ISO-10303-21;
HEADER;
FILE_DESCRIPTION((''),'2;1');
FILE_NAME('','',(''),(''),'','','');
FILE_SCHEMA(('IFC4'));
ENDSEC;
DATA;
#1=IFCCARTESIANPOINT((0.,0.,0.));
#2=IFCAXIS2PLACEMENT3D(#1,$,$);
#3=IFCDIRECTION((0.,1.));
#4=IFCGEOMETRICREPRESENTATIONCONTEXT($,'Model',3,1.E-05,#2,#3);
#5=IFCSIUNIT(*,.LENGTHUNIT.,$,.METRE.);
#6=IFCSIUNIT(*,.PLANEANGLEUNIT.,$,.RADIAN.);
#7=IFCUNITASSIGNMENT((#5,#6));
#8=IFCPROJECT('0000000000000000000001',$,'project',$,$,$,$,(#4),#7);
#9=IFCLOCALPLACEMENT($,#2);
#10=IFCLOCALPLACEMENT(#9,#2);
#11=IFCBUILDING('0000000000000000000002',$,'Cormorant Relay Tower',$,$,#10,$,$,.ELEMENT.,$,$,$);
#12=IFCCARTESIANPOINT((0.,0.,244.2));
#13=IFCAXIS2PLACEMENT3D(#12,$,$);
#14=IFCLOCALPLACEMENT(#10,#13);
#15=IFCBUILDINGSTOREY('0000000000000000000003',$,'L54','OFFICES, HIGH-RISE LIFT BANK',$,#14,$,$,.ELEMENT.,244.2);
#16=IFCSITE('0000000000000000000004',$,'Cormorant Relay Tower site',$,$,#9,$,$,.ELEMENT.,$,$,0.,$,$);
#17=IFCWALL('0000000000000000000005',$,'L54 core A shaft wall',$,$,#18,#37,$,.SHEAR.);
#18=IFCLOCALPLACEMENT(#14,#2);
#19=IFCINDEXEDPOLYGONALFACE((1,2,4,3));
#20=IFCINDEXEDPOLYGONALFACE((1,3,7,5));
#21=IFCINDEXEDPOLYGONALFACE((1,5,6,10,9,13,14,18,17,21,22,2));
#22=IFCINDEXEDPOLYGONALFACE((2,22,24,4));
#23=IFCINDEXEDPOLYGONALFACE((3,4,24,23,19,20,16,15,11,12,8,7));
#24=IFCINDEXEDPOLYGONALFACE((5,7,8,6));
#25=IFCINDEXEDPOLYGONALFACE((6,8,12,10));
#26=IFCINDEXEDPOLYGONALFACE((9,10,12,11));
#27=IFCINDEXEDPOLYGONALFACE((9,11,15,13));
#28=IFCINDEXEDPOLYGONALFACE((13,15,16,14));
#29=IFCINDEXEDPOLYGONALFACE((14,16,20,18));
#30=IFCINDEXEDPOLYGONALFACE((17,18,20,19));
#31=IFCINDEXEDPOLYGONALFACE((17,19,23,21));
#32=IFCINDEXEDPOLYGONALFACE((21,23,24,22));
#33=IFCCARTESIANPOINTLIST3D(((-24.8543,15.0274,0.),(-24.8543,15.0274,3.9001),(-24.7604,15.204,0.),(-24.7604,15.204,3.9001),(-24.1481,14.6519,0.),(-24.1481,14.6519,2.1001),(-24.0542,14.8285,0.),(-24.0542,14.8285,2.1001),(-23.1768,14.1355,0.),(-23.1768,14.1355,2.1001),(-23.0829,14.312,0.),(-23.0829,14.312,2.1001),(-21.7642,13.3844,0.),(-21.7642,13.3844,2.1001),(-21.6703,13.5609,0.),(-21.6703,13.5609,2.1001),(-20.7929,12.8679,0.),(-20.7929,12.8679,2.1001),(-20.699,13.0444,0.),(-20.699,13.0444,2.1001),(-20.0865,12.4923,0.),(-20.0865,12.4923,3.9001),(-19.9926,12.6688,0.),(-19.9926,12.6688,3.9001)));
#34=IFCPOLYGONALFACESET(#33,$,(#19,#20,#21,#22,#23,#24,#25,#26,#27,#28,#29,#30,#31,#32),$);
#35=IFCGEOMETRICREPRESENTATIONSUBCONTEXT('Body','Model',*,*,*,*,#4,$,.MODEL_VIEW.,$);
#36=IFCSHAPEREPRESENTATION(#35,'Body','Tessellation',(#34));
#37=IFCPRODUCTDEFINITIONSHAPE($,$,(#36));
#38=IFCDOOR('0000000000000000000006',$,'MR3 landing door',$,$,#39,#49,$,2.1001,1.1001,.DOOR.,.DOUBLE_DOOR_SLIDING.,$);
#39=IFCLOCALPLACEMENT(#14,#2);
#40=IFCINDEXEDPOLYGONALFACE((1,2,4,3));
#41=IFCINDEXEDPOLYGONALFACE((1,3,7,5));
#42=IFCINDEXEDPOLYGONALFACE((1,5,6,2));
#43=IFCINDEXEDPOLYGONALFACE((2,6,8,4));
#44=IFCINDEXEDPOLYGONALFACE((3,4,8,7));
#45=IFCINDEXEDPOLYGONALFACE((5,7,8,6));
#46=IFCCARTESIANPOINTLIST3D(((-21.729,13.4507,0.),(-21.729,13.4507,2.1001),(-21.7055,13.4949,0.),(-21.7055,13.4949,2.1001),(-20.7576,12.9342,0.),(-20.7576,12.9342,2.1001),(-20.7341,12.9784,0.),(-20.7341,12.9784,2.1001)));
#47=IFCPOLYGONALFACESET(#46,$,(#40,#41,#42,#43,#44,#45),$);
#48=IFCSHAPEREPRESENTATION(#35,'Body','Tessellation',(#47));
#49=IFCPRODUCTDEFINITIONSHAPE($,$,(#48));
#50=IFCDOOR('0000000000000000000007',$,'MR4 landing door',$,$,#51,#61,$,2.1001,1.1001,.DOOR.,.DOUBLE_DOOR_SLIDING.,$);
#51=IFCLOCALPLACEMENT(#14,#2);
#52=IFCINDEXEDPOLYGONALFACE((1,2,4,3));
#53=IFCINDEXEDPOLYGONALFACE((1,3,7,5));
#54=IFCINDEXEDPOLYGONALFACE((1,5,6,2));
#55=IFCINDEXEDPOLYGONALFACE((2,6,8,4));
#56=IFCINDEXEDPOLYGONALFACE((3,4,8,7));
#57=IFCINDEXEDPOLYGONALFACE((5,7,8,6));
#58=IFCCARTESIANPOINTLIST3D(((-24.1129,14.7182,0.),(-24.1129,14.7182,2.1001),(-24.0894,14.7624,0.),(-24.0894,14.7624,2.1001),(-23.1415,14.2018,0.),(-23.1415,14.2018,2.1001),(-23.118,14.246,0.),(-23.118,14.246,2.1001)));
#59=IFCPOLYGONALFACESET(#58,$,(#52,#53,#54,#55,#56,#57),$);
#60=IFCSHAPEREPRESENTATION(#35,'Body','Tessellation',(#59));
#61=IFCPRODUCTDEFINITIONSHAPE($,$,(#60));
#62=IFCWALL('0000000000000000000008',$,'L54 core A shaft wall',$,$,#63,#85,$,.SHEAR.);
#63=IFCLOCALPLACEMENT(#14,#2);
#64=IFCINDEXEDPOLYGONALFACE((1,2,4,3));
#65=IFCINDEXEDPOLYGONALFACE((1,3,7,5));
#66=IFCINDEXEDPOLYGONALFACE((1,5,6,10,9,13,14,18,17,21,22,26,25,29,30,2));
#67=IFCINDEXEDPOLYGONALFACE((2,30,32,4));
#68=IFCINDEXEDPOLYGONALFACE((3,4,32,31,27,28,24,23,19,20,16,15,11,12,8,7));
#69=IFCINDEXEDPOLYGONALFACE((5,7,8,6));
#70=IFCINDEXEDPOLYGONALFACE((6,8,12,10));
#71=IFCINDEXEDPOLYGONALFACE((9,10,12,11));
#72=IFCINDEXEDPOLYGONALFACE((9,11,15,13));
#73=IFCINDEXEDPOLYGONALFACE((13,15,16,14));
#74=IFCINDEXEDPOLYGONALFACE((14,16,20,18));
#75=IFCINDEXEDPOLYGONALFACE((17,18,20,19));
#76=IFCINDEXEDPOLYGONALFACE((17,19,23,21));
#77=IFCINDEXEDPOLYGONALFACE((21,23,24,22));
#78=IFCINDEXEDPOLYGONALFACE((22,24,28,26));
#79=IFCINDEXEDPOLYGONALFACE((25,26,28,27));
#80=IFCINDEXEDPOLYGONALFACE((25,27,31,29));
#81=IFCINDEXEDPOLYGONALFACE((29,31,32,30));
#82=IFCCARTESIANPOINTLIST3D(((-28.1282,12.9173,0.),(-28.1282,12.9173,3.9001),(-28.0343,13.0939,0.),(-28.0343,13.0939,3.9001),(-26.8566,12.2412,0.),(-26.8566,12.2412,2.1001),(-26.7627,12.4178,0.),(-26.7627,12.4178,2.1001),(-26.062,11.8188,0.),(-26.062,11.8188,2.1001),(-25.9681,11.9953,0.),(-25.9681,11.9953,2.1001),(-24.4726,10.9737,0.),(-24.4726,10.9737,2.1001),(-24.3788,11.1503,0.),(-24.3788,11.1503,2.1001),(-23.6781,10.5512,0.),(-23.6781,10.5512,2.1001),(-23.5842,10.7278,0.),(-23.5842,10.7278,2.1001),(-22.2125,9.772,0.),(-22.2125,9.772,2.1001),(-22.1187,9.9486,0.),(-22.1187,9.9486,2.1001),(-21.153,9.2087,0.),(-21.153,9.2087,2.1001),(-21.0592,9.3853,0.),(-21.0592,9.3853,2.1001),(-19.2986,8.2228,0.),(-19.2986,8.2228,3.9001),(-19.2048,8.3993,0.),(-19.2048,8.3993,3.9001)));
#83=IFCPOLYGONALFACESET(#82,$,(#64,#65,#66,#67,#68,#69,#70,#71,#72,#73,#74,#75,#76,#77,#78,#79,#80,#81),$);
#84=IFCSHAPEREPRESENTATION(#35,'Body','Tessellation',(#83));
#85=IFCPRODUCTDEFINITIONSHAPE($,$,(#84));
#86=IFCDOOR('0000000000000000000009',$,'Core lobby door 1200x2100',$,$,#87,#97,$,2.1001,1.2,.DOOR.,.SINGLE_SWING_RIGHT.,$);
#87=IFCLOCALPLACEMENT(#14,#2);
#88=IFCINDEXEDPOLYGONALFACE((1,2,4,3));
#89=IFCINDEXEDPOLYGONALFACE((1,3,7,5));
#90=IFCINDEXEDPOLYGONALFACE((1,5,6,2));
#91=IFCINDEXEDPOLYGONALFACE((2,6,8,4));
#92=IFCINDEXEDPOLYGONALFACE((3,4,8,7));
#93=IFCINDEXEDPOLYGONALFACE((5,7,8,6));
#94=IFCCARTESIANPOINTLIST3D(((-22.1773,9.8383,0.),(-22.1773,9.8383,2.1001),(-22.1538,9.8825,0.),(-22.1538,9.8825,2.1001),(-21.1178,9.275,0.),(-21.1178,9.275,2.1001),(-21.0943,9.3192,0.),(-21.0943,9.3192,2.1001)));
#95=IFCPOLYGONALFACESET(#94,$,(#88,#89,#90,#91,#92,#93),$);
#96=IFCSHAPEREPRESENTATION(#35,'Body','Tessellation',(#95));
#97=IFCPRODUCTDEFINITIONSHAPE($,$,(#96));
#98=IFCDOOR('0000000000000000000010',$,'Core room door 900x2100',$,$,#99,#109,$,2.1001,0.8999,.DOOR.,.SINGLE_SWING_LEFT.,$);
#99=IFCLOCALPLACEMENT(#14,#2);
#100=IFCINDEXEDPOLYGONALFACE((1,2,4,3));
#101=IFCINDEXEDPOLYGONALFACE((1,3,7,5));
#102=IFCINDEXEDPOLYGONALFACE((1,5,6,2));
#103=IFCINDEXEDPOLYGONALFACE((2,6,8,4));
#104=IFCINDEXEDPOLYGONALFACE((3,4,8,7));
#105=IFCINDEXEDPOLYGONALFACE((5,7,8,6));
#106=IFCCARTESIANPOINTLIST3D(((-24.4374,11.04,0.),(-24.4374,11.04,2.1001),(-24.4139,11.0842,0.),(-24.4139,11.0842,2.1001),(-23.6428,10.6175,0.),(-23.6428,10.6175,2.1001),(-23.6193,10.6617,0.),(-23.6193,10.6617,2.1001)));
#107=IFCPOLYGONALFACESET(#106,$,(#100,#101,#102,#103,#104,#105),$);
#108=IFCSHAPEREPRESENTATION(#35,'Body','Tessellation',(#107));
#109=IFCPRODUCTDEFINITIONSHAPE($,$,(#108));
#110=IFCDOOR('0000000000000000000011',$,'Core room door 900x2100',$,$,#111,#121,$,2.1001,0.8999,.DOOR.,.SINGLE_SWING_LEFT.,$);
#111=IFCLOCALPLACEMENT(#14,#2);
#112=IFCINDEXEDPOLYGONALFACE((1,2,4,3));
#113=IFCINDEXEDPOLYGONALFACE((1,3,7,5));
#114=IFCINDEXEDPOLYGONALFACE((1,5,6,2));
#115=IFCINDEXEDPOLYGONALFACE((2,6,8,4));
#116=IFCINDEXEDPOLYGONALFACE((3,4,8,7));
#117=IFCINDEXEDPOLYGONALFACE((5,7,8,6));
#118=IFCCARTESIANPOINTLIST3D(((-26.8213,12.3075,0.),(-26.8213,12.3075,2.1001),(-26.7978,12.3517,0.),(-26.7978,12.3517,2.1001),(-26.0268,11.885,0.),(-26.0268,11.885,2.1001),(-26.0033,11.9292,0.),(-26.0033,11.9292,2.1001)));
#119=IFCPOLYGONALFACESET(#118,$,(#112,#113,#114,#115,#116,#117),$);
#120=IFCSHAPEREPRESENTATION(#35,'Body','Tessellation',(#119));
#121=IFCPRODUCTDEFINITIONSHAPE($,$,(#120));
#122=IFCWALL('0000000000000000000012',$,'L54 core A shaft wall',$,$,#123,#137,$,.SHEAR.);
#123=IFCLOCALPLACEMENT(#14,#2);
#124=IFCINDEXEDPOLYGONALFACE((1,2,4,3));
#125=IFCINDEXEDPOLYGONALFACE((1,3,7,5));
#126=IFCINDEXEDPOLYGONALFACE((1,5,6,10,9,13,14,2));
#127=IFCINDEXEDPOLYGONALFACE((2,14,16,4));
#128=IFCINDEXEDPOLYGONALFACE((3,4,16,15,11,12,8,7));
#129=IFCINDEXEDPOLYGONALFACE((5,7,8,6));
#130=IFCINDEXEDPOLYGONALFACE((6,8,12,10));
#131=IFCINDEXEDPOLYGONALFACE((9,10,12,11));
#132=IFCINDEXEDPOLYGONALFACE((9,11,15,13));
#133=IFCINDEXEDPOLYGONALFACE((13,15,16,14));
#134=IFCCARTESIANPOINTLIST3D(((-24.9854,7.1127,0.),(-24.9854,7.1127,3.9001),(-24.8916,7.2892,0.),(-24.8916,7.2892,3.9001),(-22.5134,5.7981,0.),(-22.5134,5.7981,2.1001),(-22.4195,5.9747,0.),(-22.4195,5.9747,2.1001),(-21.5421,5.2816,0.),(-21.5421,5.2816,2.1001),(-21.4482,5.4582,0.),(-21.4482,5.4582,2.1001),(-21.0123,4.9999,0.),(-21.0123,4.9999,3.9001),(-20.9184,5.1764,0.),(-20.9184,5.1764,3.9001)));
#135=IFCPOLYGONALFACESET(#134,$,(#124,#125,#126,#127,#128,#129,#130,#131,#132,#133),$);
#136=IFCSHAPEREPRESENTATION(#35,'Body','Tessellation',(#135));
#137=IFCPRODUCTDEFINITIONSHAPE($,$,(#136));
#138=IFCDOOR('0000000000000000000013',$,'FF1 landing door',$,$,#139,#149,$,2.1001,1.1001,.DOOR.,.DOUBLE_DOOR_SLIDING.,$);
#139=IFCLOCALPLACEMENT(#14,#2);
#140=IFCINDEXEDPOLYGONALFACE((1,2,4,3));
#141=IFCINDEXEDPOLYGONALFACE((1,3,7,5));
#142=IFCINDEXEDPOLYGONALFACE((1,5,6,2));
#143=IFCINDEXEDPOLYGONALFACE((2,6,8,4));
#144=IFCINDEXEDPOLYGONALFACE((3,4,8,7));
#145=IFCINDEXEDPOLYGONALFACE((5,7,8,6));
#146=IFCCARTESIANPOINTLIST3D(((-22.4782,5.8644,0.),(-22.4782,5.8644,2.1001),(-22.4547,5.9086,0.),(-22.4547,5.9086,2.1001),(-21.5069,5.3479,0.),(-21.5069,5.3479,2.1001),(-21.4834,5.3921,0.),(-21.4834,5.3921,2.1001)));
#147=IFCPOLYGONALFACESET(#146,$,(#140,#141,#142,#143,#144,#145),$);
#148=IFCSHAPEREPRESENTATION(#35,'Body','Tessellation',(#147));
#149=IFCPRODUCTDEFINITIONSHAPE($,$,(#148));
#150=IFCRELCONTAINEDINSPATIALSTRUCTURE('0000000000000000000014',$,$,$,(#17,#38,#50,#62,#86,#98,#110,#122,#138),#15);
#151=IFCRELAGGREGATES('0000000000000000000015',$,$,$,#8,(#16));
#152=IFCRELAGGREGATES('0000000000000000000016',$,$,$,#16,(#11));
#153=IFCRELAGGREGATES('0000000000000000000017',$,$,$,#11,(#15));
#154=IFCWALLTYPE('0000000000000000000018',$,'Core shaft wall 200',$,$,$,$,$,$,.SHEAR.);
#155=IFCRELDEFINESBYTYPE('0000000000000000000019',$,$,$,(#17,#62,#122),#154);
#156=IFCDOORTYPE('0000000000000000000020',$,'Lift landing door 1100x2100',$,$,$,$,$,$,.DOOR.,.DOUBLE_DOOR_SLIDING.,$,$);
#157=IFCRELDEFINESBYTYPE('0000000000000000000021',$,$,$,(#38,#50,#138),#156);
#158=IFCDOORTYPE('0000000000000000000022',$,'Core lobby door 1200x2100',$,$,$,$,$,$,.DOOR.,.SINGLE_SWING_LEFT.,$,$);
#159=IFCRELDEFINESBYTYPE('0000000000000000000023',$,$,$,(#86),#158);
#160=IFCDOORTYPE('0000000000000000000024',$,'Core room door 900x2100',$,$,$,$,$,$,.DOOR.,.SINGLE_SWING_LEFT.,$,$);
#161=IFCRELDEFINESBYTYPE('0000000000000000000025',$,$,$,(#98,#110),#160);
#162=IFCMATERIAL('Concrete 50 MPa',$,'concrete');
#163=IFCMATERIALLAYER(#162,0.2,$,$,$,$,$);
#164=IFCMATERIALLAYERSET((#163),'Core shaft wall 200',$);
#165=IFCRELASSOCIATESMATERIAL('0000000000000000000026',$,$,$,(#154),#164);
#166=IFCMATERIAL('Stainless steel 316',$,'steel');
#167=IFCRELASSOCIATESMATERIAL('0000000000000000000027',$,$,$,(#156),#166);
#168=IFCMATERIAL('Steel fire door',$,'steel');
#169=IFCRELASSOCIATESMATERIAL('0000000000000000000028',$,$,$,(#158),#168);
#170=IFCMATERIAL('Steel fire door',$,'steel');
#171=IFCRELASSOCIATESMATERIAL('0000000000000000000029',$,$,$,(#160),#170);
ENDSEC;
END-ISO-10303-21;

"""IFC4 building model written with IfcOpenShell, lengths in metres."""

from ifc_helpers import new_model, si_unit, direction, frame, frame_2d, origin, place, context, subcontext, project, spatial, rectangle, extrude, material, layer, layer_set, type_object, element, fill, save


model = new_model("IFC4")

# Units and contexts
model_context = context("Model", 3, precision=1e-05, world=origin(), true_north=direction((0.0, 1.0)))
body_context = subcontext(model_context, "Body", "Model", "MODEL_VIEW")
ifc_project = project(units=[si_unit("LENGTHUNIT", "METRE"), si_unit("PLANEANGLEUNIT", "RADIAN")], contexts=[model_context])

# Site, building, storey
site_placement = place(None, origin())
site = spatial("IfcSite", under=ifc_project, at=site_placement, Name="Cormorant Relay Tower site", CompositionType="ELEMENT", RefElevation=0.0)
building_placement = place(site_placement, origin())
building = spatial("IfcBuilding", under=site, at=building_placement, Name="Cormorant Relay Tower", CompositionType="ELEMENT")
storey_placement = place(building_placement, frame((0.0, 0.0, 244.2)))
storey = spatial("IfcBuildingStorey", under=building, at=storey_placement, Name="L54", Description="OFFICES, HIGH-RISE LIFT BANK", CompositionType="ELEMENT", Elevation=244.2)

# Shared definitions
ifc_material_1 = material(Name="Concrete 50 MPa", Category="concrete")
ifc_layer_1 = layer(ifc_material_1, 0.2)
ifc_layer_set_1 = layer_set([ifc_layer_1], Name="Core shaft wall 200")
wall_type_1 = type_object("IfcWallType", Name="Core shaft wall 200", PredefinedType="SHEAR", material=ifc_layer_set_1)

# Walls, openings, doors
wall_1_placement = place(storey_placement, frame((-20.0396, 12.5806, 0.0), z_axis=(0.0, 0.0, 1.0), x_axis=(-0.882943, 0.46948, 0.0)))
wall_1 = element("IfcWall", 1, at=wall_1_placement, inside=storey, type_object=wall_type_1, Name="L54 core A shaft wall", PredefinedType="SHEAR", context=body_context, shape_type="SweptSolid", body=[
    extrude(rectangle(XDim=5.3999, YDim=0.2, at=frame_2d((2.7, 0.0))), origin(), (0.0, 0.0, 1.0), 3.9001),
])
opening_1_placement = place(wall_1_placement, frame((0.8, 0.0, 0.0)))
opening_1 = element("IfcOpeningElement", 2, at=opening_1_placement, cuts=wall_1, PredefinedType="OPENING", context=body_context, shape_type="SweptSolid", body=[
    extrude(rectangle(XDim=1.1001, YDim=2.1001, at=frame_2d((0.55, 1.05))), frame((0.0, 0.1099, 0.0), z_axis=(0.0, -1.0, 0.0), x_axis=(1.0, 0.0, 0.0)), (0.0, 0.0, 1.0), 0.22),
])
opening_2_placement = place(wall_1_placement, frame((3.5, 0.0, 0.0)))
opening_2 = element("IfcOpeningElement", 3, at=opening_2_placement, cuts=wall_1, PredefinedType="OPENING", context=body_context, shape_type="SweptSolid", body=[
    extrude(rectangle(XDim=1.1001, YDim=2.1001, at=frame_2d((0.55, 1.05))), frame((0.0, 0.1099, 0.0), z_axis=(0.0, -1.0, 0.0), x_axis=(1.0, 0.0, 0.0)), (0.0, 0.0, 1.0), 0.22),
])
ifc_material_2 = material(Name="Stainless steel 316", Category="steel")
door_type_1 = type_object("IfcDoorType", Name="Lift landing door 1100x2100", OperationType="DOUBLE_DOOR_SLIDING", PredefinedType="DOOR", material=ifc_material_2)
door_1_placement = place(opening_1_placement, origin())
door_1 = element("IfcDoor", 4, at=door_1_placement, inside=storey, type_object=door_type_1, Name="MR3 landing door", OperationType="DOUBLE_DOOR_SLIDING", OverallHeight=2.1001, OverallWidth=1.1001, PredefinedType="DOOR", context=body_context, shape_type="SweptSolid", body=[
    extrude(rectangle(XDim=1.1001, YDim=2.1001, at=frame_2d((0.55, 1.05))), frame((0.0, 0.0249, 0.0), z_axis=(0.0, -1.0, 0.0), x_axis=(1.0, 0.0, 0.0)), (0.0, 0.0, 1.0), 0.05),
])
fill(opening_1, door_1)
door_2_placement = place(opening_2_placement, origin())
door_2 = element("IfcDoor", 5, at=door_2_placement, inside=storey, type_object=door_type_1, Name="MR4 landing door", OperationType="DOUBLE_DOOR_SLIDING", OverallHeight=2.1001, OverallWidth=1.1001, PredefinedType="DOOR", context=body_context, shape_type="SweptSolid", body=[
    extrude(rectangle(XDim=1.1001, YDim=2.1001, at=frame_2d((0.55, 1.05))), frame((0.0, 0.0249, 0.0), z_axis=(0.0, -1.0, 0.0), x_axis=(1.0, 0.0, 0.0)), (0.0, 0.0, 1.0), 0.05),
])
fill(opening_2, door_2)
wall_2_placement = place(storey_placement, frame((-19.2517, 8.311, 0.0), z_axis=(0.0, 0.0, 1.0), x_axis=(-0.882956, 0.469456, 0.0)))
wall_2 = element("IfcWall", 6, at=wall_2_placement, inside=storey, type_object=wall_type_1, Name="L54 core A shaft wall", PredefinedType="SHEAR", context=body_context, shape_type="SweptSolid", body=[
    extrude(rectangle(XDim=10.0, YDim=0.2, at=frame_2d((5.0, 0.0))), origin(), (0.0, 0.0, 1.0), 3.9001),
])
opening_3_placement = place(wall_2_placement, frame((2.1001, 0.0, 0.0)))
opening_3 = element("IfcOpeningElement", 7, at=opening_3_placement, cuts=wall_2, PredefinedType="OPENING", context=body_context, shape_type="SweptSolid", body=[
    extrude(rectangle(XDim=1.2, YDim=2.1001, at=frame_2d((0.6001, 1.05))), frame((0.0, 0.1099, 0.0), z_axis=(0.0, -1.0, 0.0), x_axis=(1.0, 0.0, 0.0)), (0.0, 0.0, 1.0), 0.22),
])
opening_4_placement = place(wall_2_placement, frame((4.96, 0.0, 0.0)))
opening_4 = element("IfcOpeningElement", 8, at=opening_4_placement, cuts=wall_2, PredefinedType="OPENING", context=body_context, shape_type="SweptSolid", body=[
    extrude(rectangle(XDim=0.8999, YDim=2.1001, at=frame_2d((0.45, 1.05))), frame((0.0, 0.1099, 0.0), z_axis=(0.0, -1.0, 0.0), x_axis=(1.0, 0.0, 0.0)), (0.0, 0.0, 1.0), 0.22),
])
opening_5_placement = place(wall_2_placement, frame((7.6599, 0.0, 0.0)))
opening_5 = element("IfcOpeningElement", 9, at=opening_5_placement, cuts=wall_2, PredefinedType="OPENING", context=body_context, shape_type="SweptSolid", body=[
    extrude(rectangle(XDim=0.8999, YDim=2.1001, at=frame_2d((0.45, 1.05))), frame((0.0, 0.1099, 0.0), z_axis=(0.0, -1.0, 0.0), x_axis=(1.0, 0.0, 0.0)), (0.0, 0.0, 1.0), 0.22),
])
ifc_material_3 = material(Name="Steel fire door", Category="steel")
door_type_2 = type_object("IfcDoorType", Name="Core lobby door 1200x2100", OperationType="SINGLE_SWING_LEFT", PredefinedType="DOOR", material=ifc_material_3)
door_3_placement = place(opening_3_placement, origin())
door_3 = element("IfcDoor", 10, at=door_3_placement, inside=storey, type_object=door_type_2, Name="Core lobby door 1200x2100", OperationType="SINGLE_SWING_RIGHT", OverallHeight=2.1001, OverallWidth=1.2, PredefinedType="DOOR", context=body_context, shape_type="SweptSolid", body=[
    extrude(rectangle(XDim=1.2, YDim=2.1001, at=frame_2d((0.6001, 1.05))), frame((0.0, 0.0249, 0.0), z_axis=(0.0, -1.0, 0.0), x_axis=(1.0, 0.0, 0.0)), (0.0, 0.0, 1.0), 0.05),
])
fill(opening_3, door_3)
ifc_material_4 = material(Name="Steel fire door", Category="steel")
door_type_3 = type_object("IfcDoorType", Name="Core room door 900x2100", OperationType="SINGLE_SWING_LEFT", PredefinedType="DOOR", material=ifc_material_4)
door_4_placement = place(opening_4_placement, origin())
door_4 = element("IfcDoor", 11, at=door_4_placement, inside=storey, type_object=door_type_3, Name="Core room door 900x2100", OperationType="SINGLE_SWING_LEFT", OverallHeight=2.1001, OverallWidth=0.8999, PredefinedType="DOOR", context=body_context, shape_type="SweptSolid", body=[
    extrude(rectangle(XDim=0.8999, YDim=2.1001, at=frame_2d((0.45, 1.05))), frame((0.0, 0.0249, 0.0), z_axis=(0.0, -1.0, 0.0), x_axis=(1.0, 0.0, 0.0)), (0.0, 0.0, 1.0), 0.05),
])
fill(opening_4, door_4)
door_5_placement = place(opening_5_placement, origin())
door_5 = element("IfcDoor", 12, at=door_5_placement, inside=storey, type_object=door_type_3, Name="Core room door 900x2100", OperationType="SINGLE_SWING_LEFT", OverallHeight=2.1001, OverallWidth=0.8999, PredefinedType="DOOR", context=body_context, shape_type="SweptSolid", body=[
    extrude(rectangle(XDim=0.8999, YDim=2.1001, at=frame_2d((0.45, 1.05))), frame((0.0, 0.0249, 0.0), z_axis=(0.0, -1.0, 0.0), x_axis=(1.0, 0.0, 0.0)), (0.0, 0.0, 1.0), 0.05),
])
fill(opening_5, door_5)

# Wall, opening, door
wall_3_placement = place(storey_placement, frame((-20.9653, 5.0881, 0.0), z_axis=(0.0, 0.0, 1.0), x_axis=(-0.882926, 0.469512, 0.0)))
wall_3 = element("IfcWall", 13, at=wall_3_placement, inside=storey, type_object=wall_type_1, Name="L54 core A shaft wall", PredefinedType="SHEAR", context=body_context, shape_type="SweptSolid", body=[
    extrude(rectangle(XDim=4.5, YDim=0.2, at=frame_2d((2.25, 0.0))), origin(), (0.0, 0.0, 1.0), 3.9001),
])
opening_6_placement = place(wall_3_placement, frame((0.6001, 0.0, 0.0)))
opening_6 = element("IfcOpeningElement", 14, at=opening_6_placement, cuts=wall_3, PredefinedType="OPENING", context=body_context, shape_type="SweptSolid", body=[
    extrude(rectangle(XDim=1.1001, YDim=2.1001, at=frame_2d((0.55, 1.05))), frame((0.0, 0.1099, 0.0), z_axis=(0.0, -1.0, 0.0), x_axis=(1.0, 0.0, 0.0)), (0.0, 0.0, 1.0), 0.22),
])
door_6_placement = place(opening_6_placement, origin())
door_6 = element("IfcDoor", 15, at=door_6_placement, inside=storey, type_object=door_type_1, Name="FF1 landing door", OperationType="DOUBLE_DOOR_SLIDING", OverallHeight=2.1001, OverallWidth=1.1001, PredefinedType="DOOR", context=body_context, shape_type="SweptSolid", body=[
    extrude(rectangle(XDim=1.1001, YDim=2.1001, at=frame_2d((0.55, 1.05))), frame((0.0, 0.0249, 0.0), z_axis=(0.0, -1.0, 0.0), x_axis=(1.0, 0.0, 0.0)), (0.0, 0.0, 1.0), 0.05),
])
fill(opening_6, door_6)

save(model, "model.ifc")
